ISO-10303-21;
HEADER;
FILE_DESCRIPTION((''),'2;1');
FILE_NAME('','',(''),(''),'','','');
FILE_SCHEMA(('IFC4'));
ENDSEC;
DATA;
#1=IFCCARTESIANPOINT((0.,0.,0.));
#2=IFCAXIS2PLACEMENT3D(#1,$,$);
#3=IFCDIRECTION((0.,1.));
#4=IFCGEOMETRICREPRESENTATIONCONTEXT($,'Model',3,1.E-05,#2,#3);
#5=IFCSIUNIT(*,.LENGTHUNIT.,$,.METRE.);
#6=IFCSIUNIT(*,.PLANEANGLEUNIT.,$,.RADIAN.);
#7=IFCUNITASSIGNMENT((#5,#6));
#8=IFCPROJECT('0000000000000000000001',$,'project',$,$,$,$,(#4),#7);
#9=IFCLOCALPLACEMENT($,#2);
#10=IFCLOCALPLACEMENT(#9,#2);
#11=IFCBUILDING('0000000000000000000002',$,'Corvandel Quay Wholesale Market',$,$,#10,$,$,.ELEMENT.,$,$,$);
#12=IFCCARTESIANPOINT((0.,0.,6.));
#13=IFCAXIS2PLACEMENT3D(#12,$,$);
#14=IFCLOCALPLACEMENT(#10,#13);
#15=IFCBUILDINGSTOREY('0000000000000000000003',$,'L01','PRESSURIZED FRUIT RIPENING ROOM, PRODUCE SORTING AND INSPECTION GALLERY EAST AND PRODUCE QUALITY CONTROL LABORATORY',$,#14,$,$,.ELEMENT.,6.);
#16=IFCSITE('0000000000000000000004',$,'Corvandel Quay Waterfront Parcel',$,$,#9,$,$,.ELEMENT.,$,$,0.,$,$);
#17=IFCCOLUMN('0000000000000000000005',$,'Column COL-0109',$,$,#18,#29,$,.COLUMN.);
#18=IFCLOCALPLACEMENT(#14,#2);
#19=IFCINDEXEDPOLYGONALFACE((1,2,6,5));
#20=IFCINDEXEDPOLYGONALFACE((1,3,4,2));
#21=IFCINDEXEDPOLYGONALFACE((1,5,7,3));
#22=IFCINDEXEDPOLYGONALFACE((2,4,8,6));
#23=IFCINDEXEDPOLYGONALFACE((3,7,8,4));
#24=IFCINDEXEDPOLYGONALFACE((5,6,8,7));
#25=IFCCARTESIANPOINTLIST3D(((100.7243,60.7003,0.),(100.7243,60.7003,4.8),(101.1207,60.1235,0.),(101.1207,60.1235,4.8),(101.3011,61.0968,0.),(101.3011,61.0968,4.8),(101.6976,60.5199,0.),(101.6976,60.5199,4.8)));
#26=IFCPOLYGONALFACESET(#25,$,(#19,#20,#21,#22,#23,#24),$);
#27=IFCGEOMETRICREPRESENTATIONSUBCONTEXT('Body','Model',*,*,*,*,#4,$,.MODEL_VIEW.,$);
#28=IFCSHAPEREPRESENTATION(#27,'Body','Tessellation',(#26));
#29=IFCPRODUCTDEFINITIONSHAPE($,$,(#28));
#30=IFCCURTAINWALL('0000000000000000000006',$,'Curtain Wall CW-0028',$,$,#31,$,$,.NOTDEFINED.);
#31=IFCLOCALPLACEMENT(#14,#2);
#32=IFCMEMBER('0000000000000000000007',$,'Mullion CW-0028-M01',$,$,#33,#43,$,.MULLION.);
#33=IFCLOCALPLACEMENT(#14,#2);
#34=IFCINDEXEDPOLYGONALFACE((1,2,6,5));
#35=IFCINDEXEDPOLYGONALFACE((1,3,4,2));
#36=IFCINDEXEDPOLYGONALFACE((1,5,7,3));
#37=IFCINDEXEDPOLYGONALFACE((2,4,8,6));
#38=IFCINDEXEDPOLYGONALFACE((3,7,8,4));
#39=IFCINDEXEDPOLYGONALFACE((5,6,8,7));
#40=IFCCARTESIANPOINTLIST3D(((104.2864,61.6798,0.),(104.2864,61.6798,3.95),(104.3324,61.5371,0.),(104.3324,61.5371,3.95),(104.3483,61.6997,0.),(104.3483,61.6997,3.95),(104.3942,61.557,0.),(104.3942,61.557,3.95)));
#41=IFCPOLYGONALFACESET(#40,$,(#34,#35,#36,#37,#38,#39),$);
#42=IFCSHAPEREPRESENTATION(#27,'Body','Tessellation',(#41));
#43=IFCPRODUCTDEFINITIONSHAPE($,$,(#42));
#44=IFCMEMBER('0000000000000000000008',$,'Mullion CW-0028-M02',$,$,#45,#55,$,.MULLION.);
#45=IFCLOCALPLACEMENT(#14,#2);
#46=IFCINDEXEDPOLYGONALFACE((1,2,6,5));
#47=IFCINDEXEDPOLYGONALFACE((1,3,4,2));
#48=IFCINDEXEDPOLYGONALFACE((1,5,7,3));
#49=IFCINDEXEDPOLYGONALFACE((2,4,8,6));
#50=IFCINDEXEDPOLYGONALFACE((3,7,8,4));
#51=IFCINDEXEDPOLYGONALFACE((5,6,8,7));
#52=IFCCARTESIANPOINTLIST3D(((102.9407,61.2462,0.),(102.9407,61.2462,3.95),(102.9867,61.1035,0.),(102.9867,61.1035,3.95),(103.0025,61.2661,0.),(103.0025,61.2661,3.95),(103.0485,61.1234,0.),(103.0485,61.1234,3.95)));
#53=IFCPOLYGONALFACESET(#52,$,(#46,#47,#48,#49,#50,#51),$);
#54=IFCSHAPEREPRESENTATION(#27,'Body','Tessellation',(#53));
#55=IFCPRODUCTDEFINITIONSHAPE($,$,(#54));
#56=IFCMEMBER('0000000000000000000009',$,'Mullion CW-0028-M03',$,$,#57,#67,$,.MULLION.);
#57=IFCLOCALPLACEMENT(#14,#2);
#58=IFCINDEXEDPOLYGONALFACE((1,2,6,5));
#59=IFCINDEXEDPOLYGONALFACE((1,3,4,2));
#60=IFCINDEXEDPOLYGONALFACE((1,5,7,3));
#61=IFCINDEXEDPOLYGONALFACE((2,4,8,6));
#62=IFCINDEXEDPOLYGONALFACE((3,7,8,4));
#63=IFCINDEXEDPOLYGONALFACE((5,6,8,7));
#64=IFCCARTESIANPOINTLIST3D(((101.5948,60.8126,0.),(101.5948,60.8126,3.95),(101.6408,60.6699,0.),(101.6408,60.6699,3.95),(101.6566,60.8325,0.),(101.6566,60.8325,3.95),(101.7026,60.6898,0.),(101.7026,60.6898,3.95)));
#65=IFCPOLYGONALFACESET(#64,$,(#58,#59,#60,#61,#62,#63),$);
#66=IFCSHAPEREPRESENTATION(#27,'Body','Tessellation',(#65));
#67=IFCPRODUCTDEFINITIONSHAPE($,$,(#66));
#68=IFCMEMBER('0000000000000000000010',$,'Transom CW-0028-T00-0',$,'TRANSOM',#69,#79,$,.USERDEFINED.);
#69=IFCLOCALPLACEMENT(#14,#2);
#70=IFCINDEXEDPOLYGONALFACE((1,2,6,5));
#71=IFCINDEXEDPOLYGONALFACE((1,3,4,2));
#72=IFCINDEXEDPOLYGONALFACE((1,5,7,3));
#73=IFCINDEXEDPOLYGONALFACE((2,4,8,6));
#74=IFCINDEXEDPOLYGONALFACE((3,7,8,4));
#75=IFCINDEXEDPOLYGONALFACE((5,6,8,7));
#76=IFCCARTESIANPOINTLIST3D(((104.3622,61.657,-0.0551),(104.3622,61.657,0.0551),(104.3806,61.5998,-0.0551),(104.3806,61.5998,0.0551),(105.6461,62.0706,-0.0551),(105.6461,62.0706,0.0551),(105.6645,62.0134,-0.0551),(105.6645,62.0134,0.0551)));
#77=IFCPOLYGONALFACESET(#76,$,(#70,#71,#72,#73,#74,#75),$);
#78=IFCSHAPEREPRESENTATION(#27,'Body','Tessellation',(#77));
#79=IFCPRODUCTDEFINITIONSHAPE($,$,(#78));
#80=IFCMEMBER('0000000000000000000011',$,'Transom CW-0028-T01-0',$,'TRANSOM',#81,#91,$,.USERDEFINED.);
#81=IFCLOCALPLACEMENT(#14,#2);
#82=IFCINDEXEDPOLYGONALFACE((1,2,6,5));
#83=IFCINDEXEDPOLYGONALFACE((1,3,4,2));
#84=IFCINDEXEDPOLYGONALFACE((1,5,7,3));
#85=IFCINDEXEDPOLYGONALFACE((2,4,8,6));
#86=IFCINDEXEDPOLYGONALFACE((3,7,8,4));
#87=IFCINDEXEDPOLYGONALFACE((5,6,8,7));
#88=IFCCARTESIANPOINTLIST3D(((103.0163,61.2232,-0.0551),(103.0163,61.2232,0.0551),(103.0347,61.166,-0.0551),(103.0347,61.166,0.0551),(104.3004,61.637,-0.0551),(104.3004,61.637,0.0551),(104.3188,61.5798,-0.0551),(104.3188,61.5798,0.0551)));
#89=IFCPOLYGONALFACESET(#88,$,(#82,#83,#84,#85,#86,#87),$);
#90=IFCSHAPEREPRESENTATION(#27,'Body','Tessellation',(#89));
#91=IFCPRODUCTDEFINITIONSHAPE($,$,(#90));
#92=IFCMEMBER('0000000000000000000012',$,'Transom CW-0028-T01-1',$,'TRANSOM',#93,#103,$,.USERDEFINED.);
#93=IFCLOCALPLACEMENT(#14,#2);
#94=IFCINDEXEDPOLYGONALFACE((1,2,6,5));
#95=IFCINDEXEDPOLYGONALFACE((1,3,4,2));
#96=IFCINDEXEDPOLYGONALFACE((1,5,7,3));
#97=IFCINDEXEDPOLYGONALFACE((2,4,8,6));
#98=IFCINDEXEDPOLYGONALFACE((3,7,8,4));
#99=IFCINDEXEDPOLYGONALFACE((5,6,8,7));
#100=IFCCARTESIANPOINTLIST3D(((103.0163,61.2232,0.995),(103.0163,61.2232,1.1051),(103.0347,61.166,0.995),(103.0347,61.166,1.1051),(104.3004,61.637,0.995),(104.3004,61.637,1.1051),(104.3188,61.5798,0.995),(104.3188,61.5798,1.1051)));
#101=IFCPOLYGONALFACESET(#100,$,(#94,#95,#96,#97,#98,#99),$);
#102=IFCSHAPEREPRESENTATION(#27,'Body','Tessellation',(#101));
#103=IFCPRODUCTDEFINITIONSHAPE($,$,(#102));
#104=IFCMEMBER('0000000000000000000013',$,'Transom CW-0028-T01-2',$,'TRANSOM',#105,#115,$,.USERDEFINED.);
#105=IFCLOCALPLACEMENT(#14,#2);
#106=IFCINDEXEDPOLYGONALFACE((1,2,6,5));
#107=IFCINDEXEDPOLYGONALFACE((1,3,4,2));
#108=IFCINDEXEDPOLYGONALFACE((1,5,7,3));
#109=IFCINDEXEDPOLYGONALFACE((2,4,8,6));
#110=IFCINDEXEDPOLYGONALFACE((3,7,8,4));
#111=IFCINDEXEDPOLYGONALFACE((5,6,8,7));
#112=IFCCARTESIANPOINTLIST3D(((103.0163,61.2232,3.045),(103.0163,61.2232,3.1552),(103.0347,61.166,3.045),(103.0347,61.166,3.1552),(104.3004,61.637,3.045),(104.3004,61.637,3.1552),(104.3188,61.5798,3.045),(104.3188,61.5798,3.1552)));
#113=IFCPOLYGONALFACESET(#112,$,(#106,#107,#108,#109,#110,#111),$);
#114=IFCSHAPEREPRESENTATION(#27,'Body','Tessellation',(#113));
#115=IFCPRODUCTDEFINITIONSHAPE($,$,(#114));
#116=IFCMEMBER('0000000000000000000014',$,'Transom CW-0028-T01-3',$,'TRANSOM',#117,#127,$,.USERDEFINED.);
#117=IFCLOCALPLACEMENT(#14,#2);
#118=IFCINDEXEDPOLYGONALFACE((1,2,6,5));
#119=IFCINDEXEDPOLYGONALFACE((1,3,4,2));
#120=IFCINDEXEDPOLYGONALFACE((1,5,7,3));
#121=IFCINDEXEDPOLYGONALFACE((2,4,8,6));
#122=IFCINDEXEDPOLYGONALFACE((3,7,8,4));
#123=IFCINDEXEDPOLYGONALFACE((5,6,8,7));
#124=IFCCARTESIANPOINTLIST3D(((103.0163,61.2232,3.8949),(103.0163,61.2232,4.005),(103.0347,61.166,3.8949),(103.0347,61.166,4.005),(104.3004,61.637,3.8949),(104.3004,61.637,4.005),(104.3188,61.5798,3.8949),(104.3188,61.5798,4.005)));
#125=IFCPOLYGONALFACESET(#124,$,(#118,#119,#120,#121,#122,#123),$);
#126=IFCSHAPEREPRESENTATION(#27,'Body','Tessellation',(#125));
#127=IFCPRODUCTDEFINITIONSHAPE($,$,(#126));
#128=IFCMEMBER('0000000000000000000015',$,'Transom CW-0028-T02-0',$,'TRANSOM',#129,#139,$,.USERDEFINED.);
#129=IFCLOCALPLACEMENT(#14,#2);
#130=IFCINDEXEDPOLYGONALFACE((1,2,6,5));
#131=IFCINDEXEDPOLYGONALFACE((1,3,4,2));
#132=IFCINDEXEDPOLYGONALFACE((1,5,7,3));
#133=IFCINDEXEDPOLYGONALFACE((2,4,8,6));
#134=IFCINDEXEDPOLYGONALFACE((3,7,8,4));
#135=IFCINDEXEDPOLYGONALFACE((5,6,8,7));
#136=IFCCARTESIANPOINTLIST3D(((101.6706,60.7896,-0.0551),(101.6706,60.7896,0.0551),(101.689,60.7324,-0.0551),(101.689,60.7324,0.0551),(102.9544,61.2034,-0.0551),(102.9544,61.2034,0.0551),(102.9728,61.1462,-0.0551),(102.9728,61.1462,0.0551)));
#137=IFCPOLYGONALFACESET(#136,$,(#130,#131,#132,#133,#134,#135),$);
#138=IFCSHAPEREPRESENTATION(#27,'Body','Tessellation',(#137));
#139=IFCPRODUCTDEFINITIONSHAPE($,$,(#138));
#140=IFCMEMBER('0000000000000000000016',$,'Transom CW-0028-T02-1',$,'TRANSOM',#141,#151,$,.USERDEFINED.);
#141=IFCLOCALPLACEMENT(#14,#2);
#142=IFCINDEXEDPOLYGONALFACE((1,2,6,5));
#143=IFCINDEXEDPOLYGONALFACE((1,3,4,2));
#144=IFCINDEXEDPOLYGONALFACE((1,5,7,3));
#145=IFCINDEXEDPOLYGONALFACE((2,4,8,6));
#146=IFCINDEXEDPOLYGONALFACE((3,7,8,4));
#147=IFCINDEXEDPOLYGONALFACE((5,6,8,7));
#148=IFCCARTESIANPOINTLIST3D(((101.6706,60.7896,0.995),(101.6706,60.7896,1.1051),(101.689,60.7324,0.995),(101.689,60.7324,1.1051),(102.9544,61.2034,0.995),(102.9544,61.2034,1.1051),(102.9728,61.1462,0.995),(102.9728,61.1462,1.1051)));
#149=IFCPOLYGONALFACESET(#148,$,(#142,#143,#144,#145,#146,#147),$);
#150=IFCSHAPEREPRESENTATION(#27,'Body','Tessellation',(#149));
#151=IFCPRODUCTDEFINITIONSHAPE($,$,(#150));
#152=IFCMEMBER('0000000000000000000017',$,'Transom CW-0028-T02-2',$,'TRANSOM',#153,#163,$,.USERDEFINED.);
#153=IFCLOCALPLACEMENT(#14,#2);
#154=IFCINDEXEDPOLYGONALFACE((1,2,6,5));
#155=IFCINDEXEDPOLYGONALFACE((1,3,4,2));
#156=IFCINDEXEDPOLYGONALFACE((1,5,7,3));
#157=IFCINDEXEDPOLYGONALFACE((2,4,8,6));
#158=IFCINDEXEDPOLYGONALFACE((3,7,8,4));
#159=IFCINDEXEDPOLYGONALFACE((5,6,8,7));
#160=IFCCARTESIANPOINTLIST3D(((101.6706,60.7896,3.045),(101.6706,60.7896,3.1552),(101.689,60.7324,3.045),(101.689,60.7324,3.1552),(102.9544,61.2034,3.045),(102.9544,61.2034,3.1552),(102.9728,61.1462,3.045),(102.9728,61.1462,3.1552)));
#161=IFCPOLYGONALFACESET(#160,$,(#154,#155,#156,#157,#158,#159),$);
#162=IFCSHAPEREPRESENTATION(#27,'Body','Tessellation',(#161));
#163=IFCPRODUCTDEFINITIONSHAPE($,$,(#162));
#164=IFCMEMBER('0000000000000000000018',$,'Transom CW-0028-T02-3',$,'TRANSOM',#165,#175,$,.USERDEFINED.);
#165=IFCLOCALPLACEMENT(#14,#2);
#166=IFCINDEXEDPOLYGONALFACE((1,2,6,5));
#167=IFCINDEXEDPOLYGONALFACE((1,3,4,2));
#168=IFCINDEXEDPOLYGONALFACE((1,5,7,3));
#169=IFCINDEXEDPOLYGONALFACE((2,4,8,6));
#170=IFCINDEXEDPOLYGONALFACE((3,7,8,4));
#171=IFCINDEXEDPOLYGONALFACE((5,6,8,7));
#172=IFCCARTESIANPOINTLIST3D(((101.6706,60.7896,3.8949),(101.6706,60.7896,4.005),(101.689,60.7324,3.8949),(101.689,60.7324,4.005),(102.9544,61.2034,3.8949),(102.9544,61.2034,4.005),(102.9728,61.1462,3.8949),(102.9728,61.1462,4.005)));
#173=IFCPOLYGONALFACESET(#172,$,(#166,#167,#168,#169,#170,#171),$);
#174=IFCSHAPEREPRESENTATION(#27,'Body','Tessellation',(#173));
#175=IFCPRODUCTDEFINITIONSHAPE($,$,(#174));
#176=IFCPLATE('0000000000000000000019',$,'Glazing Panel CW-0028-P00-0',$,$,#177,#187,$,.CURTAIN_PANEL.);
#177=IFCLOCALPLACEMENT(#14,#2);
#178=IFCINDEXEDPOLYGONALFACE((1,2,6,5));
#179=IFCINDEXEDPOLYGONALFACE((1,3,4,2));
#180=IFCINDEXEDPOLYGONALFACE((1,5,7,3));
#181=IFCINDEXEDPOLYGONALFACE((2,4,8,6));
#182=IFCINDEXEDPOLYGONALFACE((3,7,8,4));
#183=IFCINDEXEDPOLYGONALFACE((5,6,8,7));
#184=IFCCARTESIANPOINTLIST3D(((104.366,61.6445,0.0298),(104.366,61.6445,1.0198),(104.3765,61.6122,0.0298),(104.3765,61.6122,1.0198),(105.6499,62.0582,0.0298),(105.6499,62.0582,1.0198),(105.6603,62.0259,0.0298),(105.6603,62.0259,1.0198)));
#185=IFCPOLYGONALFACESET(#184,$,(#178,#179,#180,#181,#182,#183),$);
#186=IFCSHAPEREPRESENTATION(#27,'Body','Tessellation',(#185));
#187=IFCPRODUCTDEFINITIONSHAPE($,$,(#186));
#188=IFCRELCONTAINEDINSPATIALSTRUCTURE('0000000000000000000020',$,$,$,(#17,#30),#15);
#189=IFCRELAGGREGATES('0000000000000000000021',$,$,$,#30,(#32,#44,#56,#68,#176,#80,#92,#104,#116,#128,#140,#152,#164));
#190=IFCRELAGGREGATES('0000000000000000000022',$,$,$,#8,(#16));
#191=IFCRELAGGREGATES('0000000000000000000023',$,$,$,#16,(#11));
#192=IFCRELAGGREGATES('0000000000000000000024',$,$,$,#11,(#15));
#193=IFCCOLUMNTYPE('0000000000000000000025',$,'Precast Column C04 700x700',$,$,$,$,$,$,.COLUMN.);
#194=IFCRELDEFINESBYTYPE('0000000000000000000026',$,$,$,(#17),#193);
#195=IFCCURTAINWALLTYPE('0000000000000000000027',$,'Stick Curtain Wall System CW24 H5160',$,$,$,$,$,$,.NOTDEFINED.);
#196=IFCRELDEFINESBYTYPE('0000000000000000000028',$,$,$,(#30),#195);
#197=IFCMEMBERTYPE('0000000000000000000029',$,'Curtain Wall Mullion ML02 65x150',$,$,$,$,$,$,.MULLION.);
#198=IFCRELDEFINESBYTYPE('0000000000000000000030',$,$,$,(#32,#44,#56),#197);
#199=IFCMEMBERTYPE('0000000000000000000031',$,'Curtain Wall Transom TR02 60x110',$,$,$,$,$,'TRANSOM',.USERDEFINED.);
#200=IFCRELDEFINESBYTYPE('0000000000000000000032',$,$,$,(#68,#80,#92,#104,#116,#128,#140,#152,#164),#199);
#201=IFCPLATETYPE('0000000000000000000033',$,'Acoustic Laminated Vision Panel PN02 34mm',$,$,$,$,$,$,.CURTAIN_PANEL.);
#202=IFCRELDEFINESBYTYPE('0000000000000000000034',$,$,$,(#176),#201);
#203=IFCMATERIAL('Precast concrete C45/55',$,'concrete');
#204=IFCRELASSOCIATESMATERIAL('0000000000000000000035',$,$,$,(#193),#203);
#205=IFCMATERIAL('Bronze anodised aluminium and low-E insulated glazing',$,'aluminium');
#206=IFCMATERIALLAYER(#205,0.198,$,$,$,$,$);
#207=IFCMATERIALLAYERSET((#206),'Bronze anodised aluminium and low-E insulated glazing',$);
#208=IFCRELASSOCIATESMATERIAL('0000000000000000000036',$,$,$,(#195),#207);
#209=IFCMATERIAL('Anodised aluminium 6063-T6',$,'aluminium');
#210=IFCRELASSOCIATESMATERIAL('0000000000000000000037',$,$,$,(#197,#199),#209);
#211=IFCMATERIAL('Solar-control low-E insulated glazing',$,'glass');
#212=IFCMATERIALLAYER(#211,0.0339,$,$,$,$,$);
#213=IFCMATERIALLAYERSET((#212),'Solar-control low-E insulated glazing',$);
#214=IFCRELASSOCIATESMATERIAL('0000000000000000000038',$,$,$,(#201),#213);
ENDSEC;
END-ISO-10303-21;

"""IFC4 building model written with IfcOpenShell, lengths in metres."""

from ifc_helpers import new_model, si_unit, direction, frame, origin, origin_2d, place, context, subcontext, project, spatial, rectangle, extrude, material, layer, layer_set, material_profile, profile_set, type_object, element, aggregate, save


model = new_model("IFC4")

# Units and contexts
model_context = context("Model", 3, precision=1e-05, world=origin(), true_north=direction((0.0, 1.0)))
body_context = subcontext(model_context, "Body", "Model", "MODEL_VIEW")
ifc_project = project(units=[si_unit("LENGTHUNIT", "METRE"), si_unit("PLANEANGLEUNIT", "RADIAN")], contexts=[model_context])

# Site, building, storey
site_placement = place(None, origin())
site = spatial("IfcSite", under=ifc_project, at=site_placement, Name="Corvandel Quay Waterfront Parcel", CompositionType="ELEMENT", RefElevation=0.0)
building_placement = place(site_placement, origin())
building = spatial("IfcBuilding", under=site, at=building_placement, Name="Corvandel Quay Wholesale Market", CompositionType="ELEMENT")
storey_placement = place(building_placement, frame((0.0, 0.0, 6.0)))
storey = spatial("IfcBuildingStorey", under=building, at=storey_placement, Name="L01", Description="PRESSURIZED FRUIT RIPENING ROOM, PRODUCE SORTING AND INSPECTION GALLERY EAST AND PRODUCE QUALITY CONTROL LABORATORY", CompositionType="ELEMENT", Elevation=6.0)

# Column
ifc_material_1 = material(Name="Precast concrete C45/55", Category="concrete")
ifc_material_profile_1 = material_profile(ifc_material_1, rectangle(XDim=0.7, YDim=0.7, at=origin_2d()), Name="PC-COL-700x700")
ifc_profile_set_1 = profile_set([ifc_material_profile_1], Name="Precast concrete C45/55")
column_type = type_object("IfcColumnType", Name="Precast Column C04 700x700", PredefinedType="COLUMN", material=ifc_profile_set_1)
column_placement = place(storey_placement, frame((101.2109, 60.6101, 0.0), z_axis=(0.0, 0.0, 1.0), x_axis=(0.824126, 0.566406, 0.0)))
element("IfcColumn", 1, at=column_placement, inside=storey, type_object=column_type, Name="Column COL-0109", PredefinedType="COLUMN", context=body_context, shape_type="SweptSolid", body=[
    extrude(rectangle(XDim=0.7, YDim=0.7, at=origin_2d()), origin(), (0.0, 0.0, 1.0), 4.8),
])

# Curtain wall, members, plate
ifc_material_2 = material(Name="Bronze anodised aluminium and low-E insulated glazing", Category="aluminium")
ifc_layer_1 = layer(ifc_material_2, 0.198)
ifc_layer_set_1 = layer_set([ifc_layer_1], Name="Bronze anodised aluminium and low-E insulated glazing")
curtain_wall_type = type_object("IfcCurtainWallType", Name="Stick Curtain Wall System CW24 H5160", PredefinedType="NOTDEFINED", material=ifc_layer_set_1)
curtain_wall_placement = place(storey_placement, origin())
curtain_wall = element("IfcCurtainWall", 2, at=curtain_wall_placement, inside=storey, type_object=curtain_wall_type, Name="Curtain Wall CW-0028", PredefinedType="NOTDEFINED")
ifc_material_3 = material(Name="Anodised aluminium 6063-T6", Category="aluminium")
ifc_material_profile_2 = material_profile(ifc_material_3, rectangle(XDim=0.0649, YDim=0.1499, at=origin_2d()), Name="ALU-MUL-65x150")
ifc_profile_set_2 = profile_set([ifc_material_profile_2], Name="Anodised aluminium 6063-T6")
member_type_1 = type_object("IfcMemberType", Name="Curtain Wall Mullion ML02 65x150", PredefinedType="MULLION", material=ifc_profile_set_2)
member_1_placement = place(storey_placement, frame((104.3403, 61.6184, 0.0), z_axis=(0.0, 0.0, 1.0), x_axis=(0.951809, 0.306692, 0.0)))
member_1 = element("IfcMember", 3, at=member_1_placement, type_object=member_type_1, Name="Mullion CW-0028-M01", PredefinedType="MULLION", context=body_context, shape_type="SweptSolid", body=[
    extrude(rectangle(XDim=0.0649, YDim=0.1499, at=origin_2d()), origin(), (0.0, 0.0, 1.0), 3.95),
])
member_2_placement = place(storey_placement, frame((102.9946, 61.1848, 0.0), z_axis=(0.0, 0.0, 1.0), x_axis=(0.951809, 0.306692, 0.0)))
member_2 = element("IfcMember", 4, at=member_2_placement, type_object=member_type_1, Name="Mullion CW-0028-M02", PredefinedType="MULLION", context=body_context, shape_type="SweptSolid", body=[
    extrude(rectangle(XDim=0.0649, YDim=0.1499, at=origin_2d()), origin(), (0.0, 0.0, 1.0), 3.95),
])
member_3_placement = place(storey_placement, frame((101.6487, 60.7512, 0.0), z_axis=(0.0, 0.0, 1.0), x_axis=(0.951809, 0.306692, 0.0)))
member_3 = element("IfcMember", 5, at=member_3_placement, type_object=member_type_1, Name="Mullion CW-0028-M03", PredefinedType="MULLION", context=body_context, shape_type="SweptSolid", body=[
    extrude(rectangle(XDim=0.0649, YDim=0.1499, at=origin_2d()), origin(), (0.0, 0.0, 1.0), 3.95),
])
ifc_material_profile_3 = material_profile(ifc_material_3, rectangle(XDim=0.0601, YDim=0.1101, at=origin_2d()), Name="ALU-TRN-60x110")
ifc_profile_set_3 = profile_set([ifc_material_profile_3], Name="Anodised aluminium 6063-T6")
member_type_2 = type_object("IfcMemberType", Name="Curtain Wall Transom TR02 60x110", ElementType="TRANSOM", PredefinedType="USERDEFINED", material=ifc_profile_set_3)
member_4_placement = place(storey_placement, frame((105.6553, 62.042, 0.0), z_axis=(-0.951838, -0.306601, 0.0), x_axis=(0.306601, -0.951838, 0.0)))
member_4 = element("IfcMember", 6, at=member_4_placement, type_object=member_type_2, Name="Transom CW-0028-T00-0", ObjectType="TRANSOM", PredefinedType="USERDEFINED", context=body_context, shape_type="SweptSolid", body=[
    extrude(rectangle(XDim=0.0601, YDim=0.1101, at=origin_2d()), origin(), (0.0, 0.0, 1.0), 1.3489),
])
member_5_placement = place(storey_placement, frame((104.3096, 61.6084, 0.0), z_axis=(-0.951802, -0.306712, 0.0), x_axis=(0.306712, -0.951802, 0.0)))
member_5 = element("IfcMember", 7, at=member_5_placement, type_object=member_type_2, Name="Transom CW-0028-T01-0", ObjectType="TRANSOM", PredefinedType="USERDEFINED", context=body_context, shape_type="SweptSolid", body=[
    extrude(rectangle(XDim=0.0601, YDim=0.1101, at=origin_2d()), origin(), (0.0, 0.0, 1.0), 1.3491),
])
member_6_placement = place(storey_placement, frame((104.3096, 61.6084, 1.05), z_axis=(-0.951802, -0.306712, 0.0), x_axis=(0.306712, -0.951802, 0.0)))
member_6 = element("IfcMember", 8, at=member_6_placement, type_object=member_type_2, Name="Transom CW-0028-T01-1", ObjectType="TRANSOM", PredefinedType="USERDEFINED", context=body_context, shape_type="SweptSolid", body=[
    extrude(rectangle(XDim=0.0601, YDim=0.1101, at=origin_2d()), origin(), (0.0, 0.0, 1.0), 1.3491),
])
member_7_placement = place(storey_placement, frame((104.3096, 61.6084, 3.1001), z_axis=(-0.951802, -0.306712, 0.0), x_axis=(0.306712, -0.951802, 0.0)))
member_7 = element("IfcMember", 9, at=member_7_placement, type_object=member_type_2, Name="Transom CW-0028-T01-2", ObjectType="TRANSOM", PredefinedType="USERDEFINED", context=body_context, shape_type="SweptSolid", body=[
    extrude(rectangle(XDim=0.0601, YDim=0.1101, at=origin_2d()), origin(), (0.0, 0.0, 1.0), 1.3491),
])
member_8_placement = place(storey_placement, frame((104.3096, 61.6084, 3.95), z_axis=(-0.951802, -0.306712, 0.0), x_axis=(0.306712, -0.951802, 0.0)))
member_8 = element("IfcMember", 10, at=member_8_placement, type_object=member_type_2, Name="Transom CW-0028-T01-3", ObjectType="TRANSOM", PredefinedType="USERDEFINED", context=body_context, shape_type="SweptSolid", body=[
    extrude(rectangle(XDim=0.0601, YDim=0.1101, at=origin_2d()), origin(), (0.0, 0.0, 1.0), 1.3491),
])
member_9_placement = place(storey_placement, frame((102.9636, 61.1748, 0.0), z_axis=(-0.951785, -0.306765, 0.0), x_axis=(0.306765, -0.951785, 0.0)))
member_9 = element("IfcMember", 11, at=member_9_placement, type_object=member_type_2, Name="Transom CW-0028-T02-0", ObjectType="TRANSOM", PredefinedType="USERDEFINED", context=body_context, shape_type="SweptSolid", body=[
    extrude(rectangle(XDim=0.0601, YDim=0.1101, at=origin_2d()), origin(), (0.0, 0.0, 1.0), 1.3489),
])
member_10_placement = place(storey_placement, frame((102.9636, 61.1748, 1.05), z_axis=(-0.951785, -0.306765, 0.0), x_axis=(0.306765, -0.951785, 0.0)))
member_10 = element("IfcMember", 12, at=member_10_placement, type_object=member_type_2, Name="Transom CW-0028-T02-1", ObjectType="TRANSOM", PredefinedType="USERDEFINED", context=body_context, shape_type="SweptSolid", body=[
    extrude(rectangle(XDim=0.0601, YDim=0.1101, at=origin_2d()), origin(), (0.0, 0.0, 1.0), 1.3489),
])
member_11_placement = place(storey_placement, frame((102.9636, 61.1748, 3.1001), z_axis=(-0.951785, -0.306765, 0.0), x_axis=(0.306765, -0.951785, 0.0)))
member_11 = element("IfcMember", 13, at=member_11_placement, type_object=member_type_2, Name="Transom CW-0028-T02-2", ObjectType="TRANSOM", PredefinedType="USERDEFINED", context=body_context, shape_type="SweptSolid", body=[
    extrude(rectangle(XDim=0.0601, YDim=0.1101, at=origin_2d()), origin(), (0.0, 0.0, 1.0), 1.3489),
])
member_12_placement = place(storey_placement, frame((102.9636, 61.1748, 3.95), z_axis=(-0.951785, -0.306765, 0.0), x_axis=(0.306765, -0.951785, 0.0)))
member_12 = element("IfcMember", 14, at=member_12_placement, type_object=member_type_2, Name="Transom CW-0028-T02-3", ObjectType="TRANSOM", PredefinedType="USERDEFINED", context=body_context, shape_type="SweptSolid", body=[
    extrude(rectangle(XDim=0.0601, YDim=0.1101, at=origin_2d()), origin(), (0.0, 0.0, 1.0), 1.3489),
])
ifc_material_4 = material(Name="Solar-control low-E insulated glazing", Category="glass")
ifc_layer_2 = layer(ifc_material_4, 0.0339)
ifc_layer_set_2 = layer_set([ifc_layer_2], Name="Solar-control low-E insulated glazing")
plate_type_1 = type_object("IfcPlateType", Name="Acoustic Laminated Vision Panel PN02 34mm", PredefinedType="CURTAIN_PANEL", material=ifc_layer_set_2)
plate_1_placement = place(storey_placement, frame((105.0132, 61.8352, 0.0298), z_axis=(0.0, 0.0, 1.0), x_axis=(0.951809, 0.306692, 0.0)))
plate_1 = element("IfcPlate", 15, at=plate_1_placement, type_object=plate_type_1, Name="Glazing Panel CW-0028-P00-0", PredefinedType="CURTAIN_PANEL", context=body_context, shape_type="SweptSolid", body=[
    extrude(rectangle(XDim=1.3489, YDim=0.0339, at=origin_2d()), origin(), (0.0, 0.0, 1.0), 0.99),
])
aggregate(curtain_wall, [member_1, member_2, member_3, member_4, plate_1, member_5, member_6, member_7, member_8, member_9, member_10, member_11, member_12])

save(model, "model.ifc")
